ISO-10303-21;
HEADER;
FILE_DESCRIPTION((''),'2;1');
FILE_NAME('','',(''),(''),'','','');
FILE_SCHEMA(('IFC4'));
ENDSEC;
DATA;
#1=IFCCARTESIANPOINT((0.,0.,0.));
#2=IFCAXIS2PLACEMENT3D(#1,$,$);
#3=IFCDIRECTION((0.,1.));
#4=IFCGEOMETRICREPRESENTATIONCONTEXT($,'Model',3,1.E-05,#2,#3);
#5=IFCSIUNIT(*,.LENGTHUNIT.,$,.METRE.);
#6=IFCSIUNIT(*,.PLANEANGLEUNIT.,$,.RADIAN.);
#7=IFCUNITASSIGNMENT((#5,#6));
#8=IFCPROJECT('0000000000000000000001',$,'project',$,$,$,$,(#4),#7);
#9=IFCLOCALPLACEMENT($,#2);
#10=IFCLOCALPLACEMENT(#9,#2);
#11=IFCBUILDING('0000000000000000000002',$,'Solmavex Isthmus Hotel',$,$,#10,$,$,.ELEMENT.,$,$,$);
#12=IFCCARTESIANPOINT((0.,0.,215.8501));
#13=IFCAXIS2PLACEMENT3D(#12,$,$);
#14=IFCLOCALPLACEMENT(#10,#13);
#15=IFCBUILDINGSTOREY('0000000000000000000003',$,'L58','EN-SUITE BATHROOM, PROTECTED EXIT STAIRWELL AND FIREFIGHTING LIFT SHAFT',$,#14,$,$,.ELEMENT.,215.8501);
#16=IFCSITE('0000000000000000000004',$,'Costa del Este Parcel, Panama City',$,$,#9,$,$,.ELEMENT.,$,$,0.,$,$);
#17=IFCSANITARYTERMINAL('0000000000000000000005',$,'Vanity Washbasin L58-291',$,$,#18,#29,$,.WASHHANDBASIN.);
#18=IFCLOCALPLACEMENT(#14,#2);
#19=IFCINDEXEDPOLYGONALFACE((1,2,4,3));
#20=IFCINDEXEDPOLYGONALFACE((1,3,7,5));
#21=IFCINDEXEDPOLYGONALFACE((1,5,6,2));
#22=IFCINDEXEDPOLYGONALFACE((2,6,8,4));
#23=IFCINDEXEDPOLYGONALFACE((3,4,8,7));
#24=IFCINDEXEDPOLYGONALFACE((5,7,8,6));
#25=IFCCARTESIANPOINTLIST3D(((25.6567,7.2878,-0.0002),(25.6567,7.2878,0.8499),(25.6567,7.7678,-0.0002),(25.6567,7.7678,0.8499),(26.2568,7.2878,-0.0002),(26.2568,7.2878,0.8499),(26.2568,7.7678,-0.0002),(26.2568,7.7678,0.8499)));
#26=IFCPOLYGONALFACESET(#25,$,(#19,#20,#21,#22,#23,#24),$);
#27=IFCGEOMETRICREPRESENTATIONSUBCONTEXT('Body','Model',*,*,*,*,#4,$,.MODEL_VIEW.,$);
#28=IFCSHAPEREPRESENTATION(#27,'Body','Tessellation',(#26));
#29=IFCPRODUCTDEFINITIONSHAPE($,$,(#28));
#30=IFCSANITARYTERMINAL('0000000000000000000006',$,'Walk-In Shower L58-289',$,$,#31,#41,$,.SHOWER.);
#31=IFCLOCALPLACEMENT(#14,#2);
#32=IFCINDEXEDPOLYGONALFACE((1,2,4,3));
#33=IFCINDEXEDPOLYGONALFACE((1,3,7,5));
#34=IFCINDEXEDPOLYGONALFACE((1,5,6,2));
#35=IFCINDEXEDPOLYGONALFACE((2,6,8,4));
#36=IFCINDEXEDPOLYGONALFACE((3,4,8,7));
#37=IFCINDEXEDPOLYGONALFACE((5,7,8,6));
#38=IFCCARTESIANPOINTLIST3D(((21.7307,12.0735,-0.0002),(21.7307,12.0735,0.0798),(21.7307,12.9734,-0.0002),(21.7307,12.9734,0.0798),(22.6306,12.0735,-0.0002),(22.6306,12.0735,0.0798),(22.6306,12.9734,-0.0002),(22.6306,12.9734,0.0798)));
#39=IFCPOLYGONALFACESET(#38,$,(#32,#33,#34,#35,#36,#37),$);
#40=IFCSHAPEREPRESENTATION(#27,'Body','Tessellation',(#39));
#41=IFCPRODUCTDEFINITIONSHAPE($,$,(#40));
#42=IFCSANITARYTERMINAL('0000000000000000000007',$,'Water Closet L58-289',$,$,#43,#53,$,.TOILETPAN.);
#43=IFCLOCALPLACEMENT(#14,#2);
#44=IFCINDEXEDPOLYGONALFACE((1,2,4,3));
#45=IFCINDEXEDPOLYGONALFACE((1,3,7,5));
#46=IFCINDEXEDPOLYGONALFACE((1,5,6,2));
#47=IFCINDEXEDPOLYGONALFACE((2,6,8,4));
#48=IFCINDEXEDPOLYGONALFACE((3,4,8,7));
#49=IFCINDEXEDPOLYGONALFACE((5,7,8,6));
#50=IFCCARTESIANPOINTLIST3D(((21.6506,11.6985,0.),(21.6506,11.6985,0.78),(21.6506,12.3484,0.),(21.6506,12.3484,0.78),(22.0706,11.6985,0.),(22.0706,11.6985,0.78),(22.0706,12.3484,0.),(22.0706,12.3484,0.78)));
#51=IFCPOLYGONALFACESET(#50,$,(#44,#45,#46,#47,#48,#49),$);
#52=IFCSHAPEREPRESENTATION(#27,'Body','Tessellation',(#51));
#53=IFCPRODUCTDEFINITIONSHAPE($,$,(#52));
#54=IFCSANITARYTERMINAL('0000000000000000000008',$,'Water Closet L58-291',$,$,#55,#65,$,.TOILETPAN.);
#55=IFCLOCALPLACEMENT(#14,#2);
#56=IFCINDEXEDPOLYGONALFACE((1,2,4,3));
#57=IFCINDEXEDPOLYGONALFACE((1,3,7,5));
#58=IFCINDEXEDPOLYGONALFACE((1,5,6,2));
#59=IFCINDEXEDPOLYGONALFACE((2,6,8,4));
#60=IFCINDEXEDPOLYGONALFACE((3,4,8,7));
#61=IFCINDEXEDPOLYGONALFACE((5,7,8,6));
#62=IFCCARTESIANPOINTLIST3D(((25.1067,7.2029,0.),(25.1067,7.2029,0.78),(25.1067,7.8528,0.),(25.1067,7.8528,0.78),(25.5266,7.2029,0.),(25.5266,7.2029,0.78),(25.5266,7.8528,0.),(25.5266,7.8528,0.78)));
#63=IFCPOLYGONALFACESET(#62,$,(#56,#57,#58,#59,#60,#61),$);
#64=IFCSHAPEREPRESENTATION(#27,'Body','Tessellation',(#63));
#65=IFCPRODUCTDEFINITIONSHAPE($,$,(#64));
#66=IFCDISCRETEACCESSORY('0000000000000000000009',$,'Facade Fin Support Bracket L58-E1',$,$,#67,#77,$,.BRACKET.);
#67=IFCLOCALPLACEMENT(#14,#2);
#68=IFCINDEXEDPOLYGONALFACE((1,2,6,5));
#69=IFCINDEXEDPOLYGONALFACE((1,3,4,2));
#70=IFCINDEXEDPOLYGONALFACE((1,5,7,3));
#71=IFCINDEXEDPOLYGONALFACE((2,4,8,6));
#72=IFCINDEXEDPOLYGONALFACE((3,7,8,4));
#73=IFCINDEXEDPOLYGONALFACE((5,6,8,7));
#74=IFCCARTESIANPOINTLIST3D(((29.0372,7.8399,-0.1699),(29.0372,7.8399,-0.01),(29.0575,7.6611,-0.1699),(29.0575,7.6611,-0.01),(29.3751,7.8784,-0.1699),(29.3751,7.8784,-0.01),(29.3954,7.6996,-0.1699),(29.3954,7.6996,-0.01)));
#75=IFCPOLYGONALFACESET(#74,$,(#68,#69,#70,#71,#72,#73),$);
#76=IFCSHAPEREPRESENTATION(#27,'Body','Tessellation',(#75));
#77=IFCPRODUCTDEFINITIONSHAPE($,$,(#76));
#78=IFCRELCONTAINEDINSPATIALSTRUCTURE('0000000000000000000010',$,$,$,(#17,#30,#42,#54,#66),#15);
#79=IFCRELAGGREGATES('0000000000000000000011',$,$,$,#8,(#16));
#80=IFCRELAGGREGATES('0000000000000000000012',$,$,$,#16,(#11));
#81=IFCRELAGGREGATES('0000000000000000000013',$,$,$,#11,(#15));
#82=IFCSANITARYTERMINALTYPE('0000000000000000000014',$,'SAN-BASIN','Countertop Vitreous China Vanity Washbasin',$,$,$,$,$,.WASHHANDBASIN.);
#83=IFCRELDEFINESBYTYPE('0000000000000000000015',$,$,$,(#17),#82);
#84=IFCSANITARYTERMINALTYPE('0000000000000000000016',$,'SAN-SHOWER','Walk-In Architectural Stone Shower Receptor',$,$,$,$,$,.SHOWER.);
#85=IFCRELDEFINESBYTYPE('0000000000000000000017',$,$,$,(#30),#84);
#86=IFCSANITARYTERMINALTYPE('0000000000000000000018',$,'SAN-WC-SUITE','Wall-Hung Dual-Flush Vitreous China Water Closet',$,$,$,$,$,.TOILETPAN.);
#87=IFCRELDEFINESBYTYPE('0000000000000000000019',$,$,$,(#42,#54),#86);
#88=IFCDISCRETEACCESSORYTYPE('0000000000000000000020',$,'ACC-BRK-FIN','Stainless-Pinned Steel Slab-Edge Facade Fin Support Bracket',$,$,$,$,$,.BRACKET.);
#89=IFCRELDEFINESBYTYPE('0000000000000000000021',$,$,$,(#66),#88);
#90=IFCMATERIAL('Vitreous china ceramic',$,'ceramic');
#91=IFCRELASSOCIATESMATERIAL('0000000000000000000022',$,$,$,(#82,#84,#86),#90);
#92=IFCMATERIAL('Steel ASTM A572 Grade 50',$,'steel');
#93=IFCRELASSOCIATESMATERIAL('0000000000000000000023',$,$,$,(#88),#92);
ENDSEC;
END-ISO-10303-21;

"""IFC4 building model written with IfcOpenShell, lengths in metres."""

from ifc_helpers import new_model, si_unit, direction, frame, origin, origin_2d, place, context, subcontext, project, spatial, rectangle, extrude, material, type_object, element, save


model = new_model("IFC4")

# Units and contexts
model_context = context("Model", 3, precision=1e-05, world=origin(), true_north=direction((0.0, 1.0)))
body_context = subcontext(model_context, "Body", "Model", "MODEL_VIEW")
ifc_project = project(units=[si_unit("LENGTHUNIT", "METRE"), si_unit("PLANEANGLEUNIT", "RADIAN")], contexts=[model_context])

# Site, building, storey
site_placement = place(None, origin())
site = spatial("IfcSite", under=ifc_project, at=site_placement, Name="Costa del Este Parcel, Panama City", CompositionType="ELEMENT", RefElevation=0.0)
building_placement = place(site_placement, origin())
building = spatial("IfcBuilding", under=site, at=building_placement, Name="Solmavex Isthmus Hotel", CompositionType="ELEMENT")
storey_placement = place(building_placement, frame((0.0, 0.0, 215.8501)))
storey = spatial("IfcBuildingStorey", under=building, at=storey_placement, Name="L58", Description="EN-SUITE BATHROOM, PROTECTED EXIT STAIRWELL AND FIREFIGHTING LIFT SHAFT", CompositionType="ELEMENT", Elevation=215.8501)

# Sanitary terminals
ifc_material_1 = material(Name="Vitreous china ceramic", Category="ceramic")
sanitary_terminal_type_1 = type_object("IfcSanitaryTerminalType", Name="SAN-BASIN", Description="Countertop Vitreous China Vanity Washbasin", PredefinedType="WASHHANDBASIN", material=ifc_material_1)
for number, where, z_axis, x_axis, name in (
    (1, (25.9568, 7.5278, -0.0002), (0.0, 0.0, 1.0), (1.0, 0.0, 0.0), "Vanity Washbasin L58-291"),
):
    element("IfcSanitaryTerminal", number, at=place(storey_placement, frame(where, z_axis=z_axis, x_axis=x_axis)), inside=storey, type_object=sanitary_terminal_type_1, Name=name, PredefinedType="WASHHANDBASIN", context=body_context, shape_type="SweptSolid", body=[
        extrude(rectangle(XDim=0.6001, YDim=0.48, at=origin_2d()), origin(), (0.0, 0.0, 1.0), 0.8501),
    ])
sanitary_terminal_type_2 = type_object("IfcSanitaryTerminalType", Name="SAN-SHOWER", Description="Walk-In Architectural Stone Shower Receptor", PredefinedType="SHOWER", material=ifc_material_1)
sanitary_terminal_placement = place(storey_placement, frame((22.1807, 12.5234, -0.0002), z_axis=(0.0, 0.0, 1.0), x_axis=(1.0, 0.0, 0.0)))
element("IfcSanitaryTerminal", 2, at=sanitary_terminal_placement, inside=storey, type_object=sanitary_terminal_type_2, Name="Walk-In Shower L58-289", PredefinedType="SHOWER", context=body_context, shape_type="SweptSolid", body=[
    extrude(rectangle(XDim=0.8999, YDim=0.8999, at=origin_2d()), origin(), (0.0, 0.0, 1.0), 0.0801),
])
sanitary_terminal_type_3 = type_object("IfcSanitaryTerminalType", Name="SAN-WC-SUITE", Description="Wall-Hung Dual-Flush Vitreous China Water Closet", PredefinedType="TOILETPAN", material=ifc_material_1)
for number, where, z_axis, x_axis, name in (
    (3, (21.8606, 12.0234, 0.0), (0.0, 0.0, 1.0), (1.0, 0.0, 0.0), "Water Closet L58-289"),
    (4, (25.3167, 7.5278, 0.0), (0.0, 0.0, 1.0), (1.0, 0.0, 0.0), "Water Closet L58-291"),
):
    element("IfcSanitaryTerminal", number, at=place(storey_placement, frame(where, z_axis=z_axis, x_axis=x_axis)), inside=storey, type_object=sanitary_terminal_type_3, Name=name, PredefinedType="TOILETPAN", context=body_context, shape_type="SweptSolid", body=[
        extrude(rectangle(XDim=0.4199, YDim=0.6499, at=origin_2d()), origin(), (0.0, 0.0, 1.0), 0.78),
    ])

# Discrete accessory
ifc_material_2 = material(Name="Steel ASTM A572 Grade 50", Category="steel")
discrete_accessory_type = type_object("IfcDiscreteAccessoryType", Name="ACC-BRK-FIN", Description="Stainless-Pinned Steel Slab-Edge Facade Fin Support Bracket", PredefinedType="BRACKET", material=ifc_material_2)
discrete_accessory_placement = place(storey_placement, frame((29.2163, 7.7698, -0.1699), z_axis=(0.0, 0.0, 1.0), x_axis=(0.993572, 0.113203, 0.0)))
element("IfcDiscreteAccessory", 5, at=discrete_accessory_placement, inside=storey, type_object=discrete_accessory_type, Name="Facade Fin Support Bracket L58-E1", PredefinedType="BRACKET", context=body_context, shape_type="SweptSolid", body=[
    extrude(rectangle(XDim=0.3401, YDim=0.1799, at=origin_2d()), origin(), (0.0, 0.0, 1.0), 0.1599),
])

save(model, "model.ifc")
